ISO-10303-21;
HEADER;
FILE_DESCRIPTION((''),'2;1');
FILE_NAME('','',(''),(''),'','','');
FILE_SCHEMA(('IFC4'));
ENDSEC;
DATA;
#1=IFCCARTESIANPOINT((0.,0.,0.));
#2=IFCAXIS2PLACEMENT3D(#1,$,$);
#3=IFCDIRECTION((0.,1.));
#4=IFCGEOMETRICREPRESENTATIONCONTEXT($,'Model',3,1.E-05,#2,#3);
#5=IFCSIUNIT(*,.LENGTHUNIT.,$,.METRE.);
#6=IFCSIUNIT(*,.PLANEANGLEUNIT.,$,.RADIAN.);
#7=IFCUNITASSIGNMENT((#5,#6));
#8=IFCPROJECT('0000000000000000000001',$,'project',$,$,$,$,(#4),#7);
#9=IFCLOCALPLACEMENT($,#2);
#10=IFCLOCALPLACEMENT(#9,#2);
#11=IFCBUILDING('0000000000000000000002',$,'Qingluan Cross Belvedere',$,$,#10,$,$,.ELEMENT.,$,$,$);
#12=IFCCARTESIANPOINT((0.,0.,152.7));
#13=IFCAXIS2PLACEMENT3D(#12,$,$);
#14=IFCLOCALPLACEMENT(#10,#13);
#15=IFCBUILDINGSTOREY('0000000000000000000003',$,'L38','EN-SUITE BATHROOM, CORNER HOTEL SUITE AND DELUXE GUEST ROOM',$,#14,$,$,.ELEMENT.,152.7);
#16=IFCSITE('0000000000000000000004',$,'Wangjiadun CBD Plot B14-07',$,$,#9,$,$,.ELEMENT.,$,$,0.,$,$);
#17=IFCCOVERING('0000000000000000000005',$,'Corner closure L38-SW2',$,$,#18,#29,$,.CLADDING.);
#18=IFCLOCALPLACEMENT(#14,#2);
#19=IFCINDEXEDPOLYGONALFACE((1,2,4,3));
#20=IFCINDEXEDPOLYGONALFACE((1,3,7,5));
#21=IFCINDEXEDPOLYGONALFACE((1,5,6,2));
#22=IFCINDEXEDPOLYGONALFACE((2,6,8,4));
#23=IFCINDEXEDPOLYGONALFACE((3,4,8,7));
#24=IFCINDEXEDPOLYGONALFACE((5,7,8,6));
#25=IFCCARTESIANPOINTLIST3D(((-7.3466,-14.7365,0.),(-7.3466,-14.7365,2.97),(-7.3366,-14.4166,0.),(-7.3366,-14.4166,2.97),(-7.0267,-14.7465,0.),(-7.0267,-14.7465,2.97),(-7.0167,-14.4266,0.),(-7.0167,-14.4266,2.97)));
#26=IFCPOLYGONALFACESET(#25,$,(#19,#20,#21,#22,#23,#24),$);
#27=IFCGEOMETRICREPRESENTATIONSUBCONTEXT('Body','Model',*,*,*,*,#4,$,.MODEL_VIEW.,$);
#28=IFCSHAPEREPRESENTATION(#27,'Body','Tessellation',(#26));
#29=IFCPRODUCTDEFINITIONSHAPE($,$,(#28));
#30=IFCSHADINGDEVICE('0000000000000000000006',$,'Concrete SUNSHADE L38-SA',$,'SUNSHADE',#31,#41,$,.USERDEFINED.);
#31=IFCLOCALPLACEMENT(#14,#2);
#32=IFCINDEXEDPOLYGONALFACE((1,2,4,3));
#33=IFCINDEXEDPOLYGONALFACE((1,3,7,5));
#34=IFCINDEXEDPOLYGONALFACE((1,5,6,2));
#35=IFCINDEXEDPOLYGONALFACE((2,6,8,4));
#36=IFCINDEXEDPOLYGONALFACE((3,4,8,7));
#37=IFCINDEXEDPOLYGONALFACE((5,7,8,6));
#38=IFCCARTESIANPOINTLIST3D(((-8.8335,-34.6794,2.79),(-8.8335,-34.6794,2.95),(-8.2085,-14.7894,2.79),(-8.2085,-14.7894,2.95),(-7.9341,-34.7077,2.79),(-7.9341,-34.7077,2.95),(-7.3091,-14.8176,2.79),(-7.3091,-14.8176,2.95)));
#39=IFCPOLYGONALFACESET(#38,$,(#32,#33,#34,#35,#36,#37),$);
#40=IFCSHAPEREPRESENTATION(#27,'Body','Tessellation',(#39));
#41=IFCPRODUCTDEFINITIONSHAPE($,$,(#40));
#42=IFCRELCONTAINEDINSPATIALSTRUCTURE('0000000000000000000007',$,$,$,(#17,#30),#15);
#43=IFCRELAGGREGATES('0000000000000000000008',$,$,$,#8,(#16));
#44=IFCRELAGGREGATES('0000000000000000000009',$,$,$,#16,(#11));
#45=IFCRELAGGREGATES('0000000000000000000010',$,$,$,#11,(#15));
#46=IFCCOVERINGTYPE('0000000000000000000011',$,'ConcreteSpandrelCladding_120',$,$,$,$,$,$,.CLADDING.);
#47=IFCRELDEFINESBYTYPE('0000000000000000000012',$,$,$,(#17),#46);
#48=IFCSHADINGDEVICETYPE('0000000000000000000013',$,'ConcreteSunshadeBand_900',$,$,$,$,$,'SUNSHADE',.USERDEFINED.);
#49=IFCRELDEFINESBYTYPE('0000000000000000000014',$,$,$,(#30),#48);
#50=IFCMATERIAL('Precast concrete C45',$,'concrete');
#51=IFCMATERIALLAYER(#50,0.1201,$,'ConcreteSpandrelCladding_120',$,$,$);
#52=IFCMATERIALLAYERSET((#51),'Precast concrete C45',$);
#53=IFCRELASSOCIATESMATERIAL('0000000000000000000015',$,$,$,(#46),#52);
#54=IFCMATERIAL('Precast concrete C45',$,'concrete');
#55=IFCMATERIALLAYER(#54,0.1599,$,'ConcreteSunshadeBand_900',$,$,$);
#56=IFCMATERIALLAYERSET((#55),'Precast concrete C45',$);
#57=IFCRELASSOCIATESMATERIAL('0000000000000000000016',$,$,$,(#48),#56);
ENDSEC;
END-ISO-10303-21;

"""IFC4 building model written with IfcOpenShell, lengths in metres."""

from ifc_helpers import new_model, si_unit, direction, frame, origin, origin_2d, place, context, subcontext, project, spatial, rectangle, extrude, material, layer, layer_set, type_object, element, save


model = new_model("IFC4")

# Units and contexts
model_context = context("Model", 3, precision=1e-05, world=origin(), true_north=direction((0.0, 1.0)))
body_context = subcontext(model_context, "Body", "Model", "MODEL_VIEW")
ifc_project = project(units=[si_unit("LENGTHUNIT", "METRE"), si_unit("PLANEANGLEUNIT", "RADIAN")], contexts=[model_context])

# Site, building, storey
site_placement = place(None, origin())
site = spatial("IfcSite", under=ifc_project, at=site_placement, Name="Wangjiadun CBD Plot B14-07", CompositionType="ELEMENT", RefElevation=0.0)
building_placement = place(site_placement, origin())
building = spatial("IfcBuilding", under=site, at=building_placement, Name="Qingluan Cross Belvedere", CompositionType="ELEMENT")
storey_placement = place(building_placement, frame((0.0, 0.0, 152.7)))
storey = spatial("IfcBuildingStorey", under=building, at=storey_placement, Name="L38", Description="EN-SUITE BATHROOM, CORNER HOTEL SUITE AND DELUXE GUEST ROOM", CompositionType="ELEMENT", Elevation=152.7)

# Covering
ifc_material_1 = material(Name="Precast concrete C45", Category="concrete")
ifc_layer_1 = layer(ifc_material_1, 0.1201, Name="ConcreteSpandrelCladding_120")
ifc_layer_set_1 = layer_set([ifc_layer_1], Name="Precast concrete C45")
covering_type = type_object("IfcCoveringType", Name="ConcreteSpandrelCladding_120", PredefinedType="CLADDING", material=ifc_layer_set_1)
for number, where, z_axis, x_axis, name in (
    (1, (-7.1816, -14.5815, 0.0), (0.0, 0.0, 1.0), (0.999507, -0.031411, 0.0), "Corner closure L38-SW2"),
):
    element("IfcCovering", number, at=place(storey_placement, frame(where, z_axis=z_axis, x_axis=x_axis)), inside=storey, type_object=covering_type, Name=name, PredefinedType="CLADDING", context=body_context, shape_type="SweptSolid", body=[
        extrude(rectangle(XDim=0.3201, YDim=0.3201, at=origin_2d()), origin(), (0.0, 0.0, 1.0), 2.97),
    ])

# Shading device
ifc_material_2 = material(Name="Precast concrete C45", Category="concrete")
ifc_layer_2 = layer(ifc_material_2, 0.1599, Name="ConcreteSunshadeBand_900")
ifc_layer_set_2 = layer_set([ifc_layer_2], Name="Precast concrete C45")
shading_device_type = type_object("IfcShadingDeviceType", Name="ConcreteSunshadeBand_900", ElementType="SUNSHADE", PredefinedType="USERDEFINED", material=ifc_layer_set_2)
shading_device_placement = place(storey_placement, frame((-8.0713, -24.7485, 2.79), z_axis=(0.0, 0.0, 1.0), x_axis=(-0.031408, -0.999507, 0.0)))
element("IfcShadingDevice", 2, at=shading_device_placement, inside=storey, type_object=shading_device_type, Name="Concrete SUNSHADE L38-SA", ObjectType="SUNSHADE", PredefinedType="USERDEFINED", context=body_context, shape_type="SweptSolid", body=[
    extrude(rectangle(XDim=19.8999, YDim=0.8999, at=origin_2d()), origin(), (0.0, 0.0, 1.0), 0.1599),
])

save(model, "model.ifc")
